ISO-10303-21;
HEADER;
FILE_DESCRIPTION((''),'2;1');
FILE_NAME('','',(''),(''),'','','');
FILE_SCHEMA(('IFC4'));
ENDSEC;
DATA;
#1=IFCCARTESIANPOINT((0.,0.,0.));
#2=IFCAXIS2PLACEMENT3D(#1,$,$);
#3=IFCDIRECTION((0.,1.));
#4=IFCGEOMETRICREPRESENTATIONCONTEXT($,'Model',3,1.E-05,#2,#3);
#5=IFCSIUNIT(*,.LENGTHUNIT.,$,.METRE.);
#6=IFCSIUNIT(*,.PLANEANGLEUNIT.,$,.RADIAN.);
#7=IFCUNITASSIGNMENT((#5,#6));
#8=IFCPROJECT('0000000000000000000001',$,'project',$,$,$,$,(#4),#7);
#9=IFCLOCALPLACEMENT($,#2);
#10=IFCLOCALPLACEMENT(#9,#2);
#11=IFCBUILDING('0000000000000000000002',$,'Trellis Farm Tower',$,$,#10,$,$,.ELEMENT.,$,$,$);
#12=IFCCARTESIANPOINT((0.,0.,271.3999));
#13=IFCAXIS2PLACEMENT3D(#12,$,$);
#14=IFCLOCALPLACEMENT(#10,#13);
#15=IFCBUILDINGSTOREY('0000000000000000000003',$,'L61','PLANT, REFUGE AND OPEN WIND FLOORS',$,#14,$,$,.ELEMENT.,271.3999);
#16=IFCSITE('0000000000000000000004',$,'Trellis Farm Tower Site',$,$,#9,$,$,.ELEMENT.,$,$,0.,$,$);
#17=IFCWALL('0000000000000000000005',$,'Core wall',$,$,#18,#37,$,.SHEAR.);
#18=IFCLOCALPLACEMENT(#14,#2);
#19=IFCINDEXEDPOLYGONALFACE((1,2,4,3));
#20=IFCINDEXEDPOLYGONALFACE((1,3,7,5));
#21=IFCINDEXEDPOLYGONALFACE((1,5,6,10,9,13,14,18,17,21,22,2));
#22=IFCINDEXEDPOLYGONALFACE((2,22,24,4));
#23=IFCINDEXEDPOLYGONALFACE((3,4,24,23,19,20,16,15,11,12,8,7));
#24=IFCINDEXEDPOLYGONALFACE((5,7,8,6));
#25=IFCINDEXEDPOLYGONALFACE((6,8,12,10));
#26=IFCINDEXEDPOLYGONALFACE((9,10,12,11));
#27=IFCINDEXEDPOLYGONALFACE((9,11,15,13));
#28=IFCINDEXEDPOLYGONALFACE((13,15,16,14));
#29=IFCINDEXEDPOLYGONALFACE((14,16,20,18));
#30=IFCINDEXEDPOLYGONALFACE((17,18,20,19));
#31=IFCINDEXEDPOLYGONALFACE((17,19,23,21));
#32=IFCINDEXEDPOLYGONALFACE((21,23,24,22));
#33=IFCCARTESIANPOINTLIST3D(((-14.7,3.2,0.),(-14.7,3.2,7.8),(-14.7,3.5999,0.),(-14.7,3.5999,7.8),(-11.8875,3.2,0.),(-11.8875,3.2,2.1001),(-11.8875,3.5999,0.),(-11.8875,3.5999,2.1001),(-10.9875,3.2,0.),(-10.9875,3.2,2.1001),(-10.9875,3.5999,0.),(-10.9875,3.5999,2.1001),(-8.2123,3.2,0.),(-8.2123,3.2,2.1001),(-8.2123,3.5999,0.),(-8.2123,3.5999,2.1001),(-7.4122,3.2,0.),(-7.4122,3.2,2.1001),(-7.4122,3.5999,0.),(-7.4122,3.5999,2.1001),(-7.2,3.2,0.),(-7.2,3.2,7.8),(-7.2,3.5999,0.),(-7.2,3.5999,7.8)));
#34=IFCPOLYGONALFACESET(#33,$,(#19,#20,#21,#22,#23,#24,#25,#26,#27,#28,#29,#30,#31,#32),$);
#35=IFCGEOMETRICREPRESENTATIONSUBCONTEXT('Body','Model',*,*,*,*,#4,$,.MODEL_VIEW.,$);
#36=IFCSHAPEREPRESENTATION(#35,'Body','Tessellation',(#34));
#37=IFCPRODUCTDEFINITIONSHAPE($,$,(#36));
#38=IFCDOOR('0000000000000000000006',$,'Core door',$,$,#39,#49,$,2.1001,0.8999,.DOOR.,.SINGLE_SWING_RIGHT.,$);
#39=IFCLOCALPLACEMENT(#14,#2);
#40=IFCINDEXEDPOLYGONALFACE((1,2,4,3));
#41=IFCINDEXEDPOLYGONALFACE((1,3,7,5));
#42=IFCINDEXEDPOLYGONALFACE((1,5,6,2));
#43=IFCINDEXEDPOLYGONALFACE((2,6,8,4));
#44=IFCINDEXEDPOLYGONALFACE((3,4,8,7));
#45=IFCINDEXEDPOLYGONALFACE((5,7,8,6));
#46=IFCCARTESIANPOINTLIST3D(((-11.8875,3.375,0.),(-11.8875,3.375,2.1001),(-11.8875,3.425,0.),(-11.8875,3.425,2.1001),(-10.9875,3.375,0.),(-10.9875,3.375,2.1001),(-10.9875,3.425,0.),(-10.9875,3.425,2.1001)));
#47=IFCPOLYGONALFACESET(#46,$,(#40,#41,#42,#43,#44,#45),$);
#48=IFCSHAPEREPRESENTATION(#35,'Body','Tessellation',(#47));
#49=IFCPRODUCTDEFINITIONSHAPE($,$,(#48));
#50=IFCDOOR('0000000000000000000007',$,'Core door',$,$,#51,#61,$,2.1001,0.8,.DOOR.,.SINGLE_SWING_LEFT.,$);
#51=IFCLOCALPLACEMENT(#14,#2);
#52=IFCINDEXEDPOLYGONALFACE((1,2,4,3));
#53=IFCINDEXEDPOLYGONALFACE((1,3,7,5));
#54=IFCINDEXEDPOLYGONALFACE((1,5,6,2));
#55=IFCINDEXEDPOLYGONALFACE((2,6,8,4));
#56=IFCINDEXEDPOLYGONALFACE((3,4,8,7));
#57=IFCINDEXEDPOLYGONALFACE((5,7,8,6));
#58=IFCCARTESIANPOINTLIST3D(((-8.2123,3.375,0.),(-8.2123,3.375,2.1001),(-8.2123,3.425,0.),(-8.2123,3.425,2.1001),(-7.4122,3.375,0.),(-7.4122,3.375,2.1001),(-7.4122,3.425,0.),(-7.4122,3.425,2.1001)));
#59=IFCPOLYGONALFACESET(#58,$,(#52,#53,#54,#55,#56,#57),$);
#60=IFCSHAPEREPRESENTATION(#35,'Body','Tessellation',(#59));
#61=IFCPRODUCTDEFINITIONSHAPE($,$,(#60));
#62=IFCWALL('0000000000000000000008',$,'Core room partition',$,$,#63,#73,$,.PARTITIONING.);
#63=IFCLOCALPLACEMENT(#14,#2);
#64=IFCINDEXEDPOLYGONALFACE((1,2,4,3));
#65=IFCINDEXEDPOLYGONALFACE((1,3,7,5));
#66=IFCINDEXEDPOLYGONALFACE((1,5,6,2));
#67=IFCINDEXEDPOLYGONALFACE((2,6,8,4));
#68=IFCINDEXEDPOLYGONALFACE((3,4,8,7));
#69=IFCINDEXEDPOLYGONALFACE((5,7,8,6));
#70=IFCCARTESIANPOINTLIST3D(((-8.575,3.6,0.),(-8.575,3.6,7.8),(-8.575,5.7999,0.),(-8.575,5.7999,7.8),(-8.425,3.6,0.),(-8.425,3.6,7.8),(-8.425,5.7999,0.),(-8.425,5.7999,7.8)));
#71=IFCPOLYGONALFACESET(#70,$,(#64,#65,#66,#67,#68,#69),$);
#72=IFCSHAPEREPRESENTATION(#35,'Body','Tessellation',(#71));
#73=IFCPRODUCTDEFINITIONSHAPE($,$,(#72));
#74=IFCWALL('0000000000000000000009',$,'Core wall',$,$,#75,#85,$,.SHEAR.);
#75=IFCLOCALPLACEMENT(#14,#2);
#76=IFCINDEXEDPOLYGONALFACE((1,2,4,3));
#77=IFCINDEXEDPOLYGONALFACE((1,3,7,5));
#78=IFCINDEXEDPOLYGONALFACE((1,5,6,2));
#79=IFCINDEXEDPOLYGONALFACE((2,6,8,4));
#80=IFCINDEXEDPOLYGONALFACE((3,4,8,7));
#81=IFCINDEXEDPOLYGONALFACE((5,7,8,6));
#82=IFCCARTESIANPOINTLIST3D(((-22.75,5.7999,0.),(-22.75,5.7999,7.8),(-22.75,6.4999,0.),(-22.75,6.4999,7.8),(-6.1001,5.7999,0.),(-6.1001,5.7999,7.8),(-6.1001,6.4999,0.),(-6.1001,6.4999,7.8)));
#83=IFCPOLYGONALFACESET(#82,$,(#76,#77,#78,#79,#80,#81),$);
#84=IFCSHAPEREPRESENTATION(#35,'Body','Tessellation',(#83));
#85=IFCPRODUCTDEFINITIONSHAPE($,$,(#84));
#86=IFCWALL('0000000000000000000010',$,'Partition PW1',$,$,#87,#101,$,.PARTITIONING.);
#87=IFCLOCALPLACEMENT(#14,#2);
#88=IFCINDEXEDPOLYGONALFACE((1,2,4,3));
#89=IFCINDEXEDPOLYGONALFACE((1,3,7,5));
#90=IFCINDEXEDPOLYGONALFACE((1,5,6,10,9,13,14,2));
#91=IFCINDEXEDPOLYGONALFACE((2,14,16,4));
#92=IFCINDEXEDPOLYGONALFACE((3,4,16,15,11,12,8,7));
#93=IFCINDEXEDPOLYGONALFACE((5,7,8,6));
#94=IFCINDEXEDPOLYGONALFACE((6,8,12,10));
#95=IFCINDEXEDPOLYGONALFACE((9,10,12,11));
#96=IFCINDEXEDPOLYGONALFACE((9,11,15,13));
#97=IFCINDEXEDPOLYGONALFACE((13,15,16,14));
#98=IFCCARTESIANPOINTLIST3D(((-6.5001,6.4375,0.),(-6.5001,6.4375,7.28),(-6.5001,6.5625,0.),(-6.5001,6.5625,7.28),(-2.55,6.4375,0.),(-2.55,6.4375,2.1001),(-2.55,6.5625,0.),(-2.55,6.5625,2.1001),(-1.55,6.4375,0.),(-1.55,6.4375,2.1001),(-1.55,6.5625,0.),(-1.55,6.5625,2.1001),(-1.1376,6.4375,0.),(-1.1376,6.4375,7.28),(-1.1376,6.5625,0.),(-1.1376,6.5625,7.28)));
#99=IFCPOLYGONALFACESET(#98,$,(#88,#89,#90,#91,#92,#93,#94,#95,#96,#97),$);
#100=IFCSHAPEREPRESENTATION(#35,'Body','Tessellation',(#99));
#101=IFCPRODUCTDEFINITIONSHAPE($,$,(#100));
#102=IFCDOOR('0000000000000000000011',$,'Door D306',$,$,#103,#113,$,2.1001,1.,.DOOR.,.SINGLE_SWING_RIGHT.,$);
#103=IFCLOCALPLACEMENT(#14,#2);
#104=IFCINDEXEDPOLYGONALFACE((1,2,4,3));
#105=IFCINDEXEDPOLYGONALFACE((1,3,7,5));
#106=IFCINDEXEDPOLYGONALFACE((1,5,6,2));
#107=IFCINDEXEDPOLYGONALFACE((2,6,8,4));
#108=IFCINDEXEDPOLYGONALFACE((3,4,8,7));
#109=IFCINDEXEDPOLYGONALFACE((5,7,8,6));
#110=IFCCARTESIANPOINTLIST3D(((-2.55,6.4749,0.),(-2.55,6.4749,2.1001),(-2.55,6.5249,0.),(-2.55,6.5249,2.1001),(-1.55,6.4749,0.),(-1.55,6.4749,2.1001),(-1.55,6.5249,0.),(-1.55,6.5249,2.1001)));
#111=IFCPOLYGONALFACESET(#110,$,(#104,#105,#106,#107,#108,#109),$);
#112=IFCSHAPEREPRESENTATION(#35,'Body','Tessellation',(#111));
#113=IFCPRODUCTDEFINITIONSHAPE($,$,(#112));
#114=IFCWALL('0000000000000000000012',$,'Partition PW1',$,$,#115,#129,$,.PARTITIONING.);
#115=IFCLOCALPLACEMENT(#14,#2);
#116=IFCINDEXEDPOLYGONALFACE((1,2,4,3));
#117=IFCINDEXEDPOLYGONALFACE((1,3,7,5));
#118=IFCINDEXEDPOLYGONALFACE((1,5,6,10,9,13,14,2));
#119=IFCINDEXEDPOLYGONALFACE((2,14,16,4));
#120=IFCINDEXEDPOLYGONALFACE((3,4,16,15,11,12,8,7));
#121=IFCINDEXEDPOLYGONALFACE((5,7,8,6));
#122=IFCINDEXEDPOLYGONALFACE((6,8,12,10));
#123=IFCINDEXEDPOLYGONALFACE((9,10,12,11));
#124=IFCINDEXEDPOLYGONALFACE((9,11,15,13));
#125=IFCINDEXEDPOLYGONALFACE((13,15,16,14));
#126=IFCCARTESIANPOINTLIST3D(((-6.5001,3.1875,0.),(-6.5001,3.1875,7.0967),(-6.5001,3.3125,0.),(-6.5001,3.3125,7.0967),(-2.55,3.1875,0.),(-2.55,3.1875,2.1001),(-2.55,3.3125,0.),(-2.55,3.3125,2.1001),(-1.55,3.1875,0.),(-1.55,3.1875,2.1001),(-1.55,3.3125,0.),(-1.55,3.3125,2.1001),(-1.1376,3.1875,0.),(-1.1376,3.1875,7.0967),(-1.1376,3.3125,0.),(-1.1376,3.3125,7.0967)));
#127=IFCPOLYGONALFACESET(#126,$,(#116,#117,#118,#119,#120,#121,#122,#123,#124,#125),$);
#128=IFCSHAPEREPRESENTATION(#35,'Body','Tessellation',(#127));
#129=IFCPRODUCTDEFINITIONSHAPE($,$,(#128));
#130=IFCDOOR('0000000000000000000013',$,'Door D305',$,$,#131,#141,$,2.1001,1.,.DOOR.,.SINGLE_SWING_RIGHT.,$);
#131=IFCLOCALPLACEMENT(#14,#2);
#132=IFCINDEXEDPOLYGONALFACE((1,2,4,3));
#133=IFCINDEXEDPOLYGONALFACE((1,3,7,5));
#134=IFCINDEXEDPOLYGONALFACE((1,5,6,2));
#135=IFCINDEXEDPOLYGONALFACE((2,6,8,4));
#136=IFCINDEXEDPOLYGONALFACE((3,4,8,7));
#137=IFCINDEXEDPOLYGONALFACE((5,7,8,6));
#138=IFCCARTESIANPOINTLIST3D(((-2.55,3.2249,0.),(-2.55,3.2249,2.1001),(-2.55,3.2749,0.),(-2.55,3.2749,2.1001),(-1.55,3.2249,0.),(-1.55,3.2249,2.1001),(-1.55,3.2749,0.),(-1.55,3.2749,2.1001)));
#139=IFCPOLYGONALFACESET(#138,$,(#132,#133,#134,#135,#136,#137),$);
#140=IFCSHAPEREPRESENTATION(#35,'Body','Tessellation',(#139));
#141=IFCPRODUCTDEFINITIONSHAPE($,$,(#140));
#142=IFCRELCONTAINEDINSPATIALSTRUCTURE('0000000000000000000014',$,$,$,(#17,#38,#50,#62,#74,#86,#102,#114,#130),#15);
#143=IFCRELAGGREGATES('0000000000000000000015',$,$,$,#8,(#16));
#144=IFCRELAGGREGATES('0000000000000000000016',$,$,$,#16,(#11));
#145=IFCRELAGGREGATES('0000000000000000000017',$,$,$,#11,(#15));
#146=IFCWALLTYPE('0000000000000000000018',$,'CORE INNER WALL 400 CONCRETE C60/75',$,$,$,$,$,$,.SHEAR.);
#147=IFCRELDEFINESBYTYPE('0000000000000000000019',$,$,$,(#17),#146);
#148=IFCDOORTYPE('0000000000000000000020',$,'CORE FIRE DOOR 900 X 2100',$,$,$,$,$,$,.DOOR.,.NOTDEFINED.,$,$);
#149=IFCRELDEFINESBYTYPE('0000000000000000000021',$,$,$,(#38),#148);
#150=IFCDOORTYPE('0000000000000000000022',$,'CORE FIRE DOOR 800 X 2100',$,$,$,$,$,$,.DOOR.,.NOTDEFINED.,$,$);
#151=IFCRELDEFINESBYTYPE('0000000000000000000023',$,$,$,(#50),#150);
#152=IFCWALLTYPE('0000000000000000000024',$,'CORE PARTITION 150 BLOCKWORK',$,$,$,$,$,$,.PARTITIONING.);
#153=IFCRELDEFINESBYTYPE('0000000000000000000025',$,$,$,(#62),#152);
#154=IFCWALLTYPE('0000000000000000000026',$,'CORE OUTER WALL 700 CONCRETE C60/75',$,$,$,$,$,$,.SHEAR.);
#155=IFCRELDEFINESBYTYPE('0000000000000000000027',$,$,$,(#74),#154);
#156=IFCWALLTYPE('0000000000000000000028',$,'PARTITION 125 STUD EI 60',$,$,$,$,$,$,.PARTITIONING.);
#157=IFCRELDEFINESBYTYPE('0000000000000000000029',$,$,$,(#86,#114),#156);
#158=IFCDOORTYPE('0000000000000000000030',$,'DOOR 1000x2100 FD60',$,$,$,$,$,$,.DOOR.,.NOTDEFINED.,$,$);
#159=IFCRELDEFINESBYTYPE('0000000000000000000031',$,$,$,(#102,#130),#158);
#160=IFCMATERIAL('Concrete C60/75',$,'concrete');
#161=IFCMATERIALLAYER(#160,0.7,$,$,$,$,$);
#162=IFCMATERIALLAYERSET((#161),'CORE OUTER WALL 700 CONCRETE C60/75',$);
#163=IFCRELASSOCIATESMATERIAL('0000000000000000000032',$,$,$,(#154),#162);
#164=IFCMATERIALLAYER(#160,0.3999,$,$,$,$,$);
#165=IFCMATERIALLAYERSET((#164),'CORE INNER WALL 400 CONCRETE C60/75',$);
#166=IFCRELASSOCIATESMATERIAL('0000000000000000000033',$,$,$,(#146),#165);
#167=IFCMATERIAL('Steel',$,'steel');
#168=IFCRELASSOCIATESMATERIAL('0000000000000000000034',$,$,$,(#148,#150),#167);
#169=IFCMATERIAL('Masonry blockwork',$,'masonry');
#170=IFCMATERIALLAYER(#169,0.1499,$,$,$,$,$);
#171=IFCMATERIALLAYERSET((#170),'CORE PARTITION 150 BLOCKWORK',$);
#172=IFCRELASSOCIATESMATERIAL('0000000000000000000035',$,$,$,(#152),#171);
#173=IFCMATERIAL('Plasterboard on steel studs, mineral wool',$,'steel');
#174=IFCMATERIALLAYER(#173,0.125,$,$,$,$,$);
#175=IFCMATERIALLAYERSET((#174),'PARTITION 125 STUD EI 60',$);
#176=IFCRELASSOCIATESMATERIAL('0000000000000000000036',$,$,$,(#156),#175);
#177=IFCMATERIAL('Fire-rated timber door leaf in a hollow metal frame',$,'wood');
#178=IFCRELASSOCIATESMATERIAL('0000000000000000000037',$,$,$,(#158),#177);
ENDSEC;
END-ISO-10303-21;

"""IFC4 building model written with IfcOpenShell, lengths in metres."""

from ifc_helpers import new_model, si_unit, direction, frame, frame_2d, origin, place, context, subcontext, project, spatial, rectangle, extrude, source, transform, mapped, material, layer, layer_set, type_object, element, fill, save


model = new_model("IFC4")

# Units and contexts
model_context = context("Model", 3, precision=1e-05, world=origin(), true_north=direction((0.0, 1.0)))
body_context = subcontext(model_context, "Body", "Model", "MODEL_VIEW")
ifc_project = project(units=[si_unit("LENGTHUNIT", "METRE"), si_unit("PLANEANGLEUNIT", "RADIAN")], contexts=[model_context])

# Site, building, storey
site_placement = place(None, origin())
site = spatial("IfcSite", under=ifc_project, at=site_placement, Name="Trellis Farm Tower Site", CompositionType="ELEMENT", RefElevation=0.0)
building_placement = place(site_placement, origin())
building = spatial("IfcBuilding", under=site, at=building_placement, Name="Trellis Farm Tower", CompositionType="ELEMENT")
storey_placement = place(building_placement, frame((0.0, 0.0, 271.3999)))
storey = spatial("IfcBuildingStorey", under=building, at=storey_placement, Name="L61", Description="PLANT, REFUGE AND OPEN WIND FLOORS", CompositionType="ELEMENT", Elevation=271.3999)

# Shared definitions
ifc_material_1 = material(Name="Concrete C60/75", Category="concrete")

# Shared definitions
ifc_layer_1 = layer(ifc_material_1, 0.7)
ifc_layer_set_1 = layer_set([ifc_layer_1], Name="CORE OUTER WALL 700 CONCRETE C60/75")
wall_type_1 = type_object("IfcWallType", Name="CORE OUTER WALL 700 CONCRETE C60/75", PredefinedType="SHEAR", material=ifc_layer_set_1)
ifc_material_2 = material(Name="Steel", Category="steel")

# Wall, openings, doors
ifc_layer_2 = layer(ifc_material_1, 0.3999)
ifc_layer_set_2 = layer_set([ifc_layer_2], Name="CORE INNER WALL 400 CONCRETE C60/75")
wall_type_2 = type_object("IfcWallType", Name="CORE INNER WALL 400 CONCRETE C60/75", PredefinedType="SHEAR", material=ifc_layer_set_2)
shared_shape_1 = source(origin(), body_context, "Body", "SweptSolid", [
    extrude(rectangle(XDim=7.5, YDim=0.3999, at=frame_2d((3.75, 0.0))), origin(), (0.0, 0.0, 1.0), 7.8),
])
wall_1_placement = place(storey_placement, frame((-7.2, 3.3999, 0.0), z_axis=(0.0, 0.0, 1.0), x_axis=(-1.0, 0.0, 0.0)))
wall_1 = element("IfcWall", 1, at=wall_1_placement, inside=storey, type_object=wall_type_2, Name="Core wall", PredefinedType="SHEAR", context=body_context, shape_type="MappedRepresentation", body=[
    mapped(shared_shape_1, transform((0.0, 0.0, 0.0))),
])
shared_shape_2 = source(origin(), body_context, "Body", "SweptSolid", [
    extrude(rectangle(XDim=0.8, YDim=2.1001, at=frame_2d((0.3999, 1.05))), frame((0.0, 0.21, 0.0), z_axis=(0.0, -1.0, 0.0), x_axis=(1.0, 0.0, 0.0)), (0.0, 0.0, 1.0), 0.4199),
])
opening_1_placement = place(wall_1_placement, frame((0.2124, 0.0, 0.0)))
opening_1 = element("IfcOpeningElement", 2, at=opening_1_placement, cuts=wall_1, PredefinedType="OPENING", context=body_context, shape_type="MappedRepresentation", body=[
    mapped(shared_shape_2, transform((0.0, 0.0, 0.0))),
])
shared_shape_3 = source(origin(), body_context, "Body", "SweptSolid", [
    extrude(rectangle(XDim=0.8999, YDim=2.1001, at=frame_2d((0.45, 1.05))), frame((0.0, 0.21, 0.0), z_axis=(0.0, -1.0, 0.0), x_axis=(1.0, 0.0, 0.0)), (0.0, 0.0, 1.0), 0.4199),
])
opening_2_placement = place(wall_1_placement, frame((3.7876, 0.0, 0.0)))
opening_2 = element("IfcOpeningElement", 3, at=opening_2_placement, cuts=wall_1, PredefinedType="OPENING", context=body_context, shape_type="MappedRepresentation", body=[
    mapped(shared_shape_3, transform((0.0, 0.0, 0.0))),
])
door_type_1 = type_object("IfcDoorType", Name="CORE FIRE DOOR 900 X 2100", OperationType="NOTDEFINED", PredefinedType="DOOR", material=ifc_material_2)
shared_shape_4 = source(origin(), body_context, "Body", "SweptSolid", [
    extrude(rectangle(XDim=0.8999, YDim=2.1001, at=frame_2d((0.45, 1.05))), frame((0.0, 0.0249, 0.0), z_axis=(0.0, -1.0, 0.0), x_axis=(1.0, 0.0, 0.0)), (0.0, 0.0, 1.0), 0.05),
])
door_1_placement = place(opening_2_placement, origin())
door_1 = element("IfcDoor", 4, at=door_1_placement, inside=storey, type_object=door_type_1, Name="Core door", OperationType="SINGLE_SWING_RIGHT", OverallHeight=2.1001, OverallWidth=0.8999, PredefinedType="DOOR", context=body_context, shape_type="MappedRepresentation", body=[
    mapped(shared_shape_4, transform((0.0, 0.0, 0.0))),
])
fill(opening_2, door_1)
door_type_2 = type_object("IfcDoorType", Name="CORE FIRE DOOR 800 X 2100", OperationType="NOTDEFINED", PredefinedType="DOOR", material=ifc_material_2)
shared_shape_5 = source(origin(), body_context, "Body", "SweptSolid", [
    extrude(rectangle(XDim=0.8, YDim=2.1001, at=frame_2d((0.3999, 1.05))), frame((0.0, 0.0249, 0.0), z_axis=(0.0, -1.0, 0.0), x_axis=(1.0, 0.0, 0.0)), (0.0, 0.0, 1.0), 0.05),
])
door_2_placement = place(opening_1_placement, origin())
door_2 = element("IfcDoor", 5, at=door_2_placement, inside=storey, type_object=door_type_2, Name="Core door", OperationType="SINGLE_SWING_LEFT", OverallHeight=2.1001, OverallWidth=0.8, PredefinedType="DOOR", context=body_context, shape_type="MappedRepresentation", body=[
    mapped(shared_shape_5, transform((0.0, 0.0, 0.0))),
])
fill(opening_1, door_2)

# Walls
ifc_material_3 = material(Name="Masonry blockwork", Category="masonry")
ifc_layer_3 = layer(ifc_material_3, 0.1499)
ifc_layer_set_3 = layer_set([ifc_layer_3], Name="CORE PARTITION 150 BLOCKWORK")
wall_type_3 = type_object("IfcWallType", Name="CORE PARTITION 150 BLOCKWORK", PredefinedType="PARTITIONING", material=ifc_layer_set_3)
shared_shape_6 = source(origin(), body_context, "Body", "SweptSolid", [
    extrude(rectangle(XDim=2.2, YDim=0.1499, at=frame_2d((1.1001, 0.0))), origin(), (0.0, 0.0, 1.0), 7.8),
])
wall_2_placement = place(storey_placement, frame((-8.5, 5.8, 0.0), z_axis=(0.0, 0.0, 1.0), x_axis=(0.0, -1.0, 0.0)))
element("IfcWall", 6, at=wall_2_placement, inside=storey, type_object=wall_type_3, Name="Core room partition", PredefinedType="PARTITIONING", context=body_context, shape_type="MappedRepresentation", body=[
    mapped(shared_shape_6, transform((0.0, 0.0, 0.0))),
])
shared_shape_7 = source(origin(), body_context, "Body", "SweptSolid", [
    extrude(rectangle(XDim=16.6499, YDim=0.7, at=frame_2d((8.325, 0.0))), origin(), (0.0, 0.0, 1.0), 7.8),
])
wall_3_placement = place(storey_placement, frame((-6.1001, 6.1499, 0.0), z_axis=(0.0, 0.0, 1.0), x_axis=(-1.0, 0.0, 0.0)))
element("IfcWall", 7, at=wall_3_placement, inside=storey, type_object=wall_type_1, Name="Core wall", PredefinedType="SHEAR", context=body_context, shape_type="MappedRepresentation", body=[
    mapped(shared_shape_7, transform((0.0, 0.0, 0.0))),
])

# Walls, openings, doors
ifc_material_4 = material(Name="Plasterboard on steel studs, mineral wool", Category="steel")
ifc_layer_4 = layer(ifc_material_4, 0.125)
ifc_layer_set_4 = layer_set([ifc_layer_4], Name="PARTITION 125 STUD EI 60")
wall_type_4 = type_object("IfcWallType", Name="PARTITION 125 STUD EI 60", PredefinedType="PARTITIONING", material=ifc_layer_set_4)
shared_shape_8 = source(origin(), body_context, "Body", "SweptSolid", [
    extrude(rectangle(XDim=5.3625, YDim=0.125, at=frame_2d((2.6812, 0.0))), origin(), (0.0, 0.0, 1.0), 7.28),
])
wall_4_placement = place(storey_placement, frame((-6.5, 6.5, 0.0), z_axis=(0.0, 0.0, 1.0), x_axis=(1.0, 0.0, 0.0)))
wall_4 = element("IfcWall", 8, at=wall_4_placement, inside=storey, type_object=wall_type_4, Name="Partition PW1", PredefinedType="PARTITIONING", context=body_context, shape_type="MappedRepresentation", body=[
    mapped(shared_shape_8, transform((0.0, 0.0, 0.0))),
])
shared_shape_9 = source(origin(), body_context, "Body", "SweptSolid", [
    extrude(rectangle(XDim=1.0, YDim=2.1001, at=frame_2d((0.5, 1.05))), frame((0.0, 0.0725, 0.0), z_axis=(0.0, -1.0, 0.0), x_axis=(1.0, 0.0, 0.0)), (0.0, 0.0, 1.0), 0.145),
])
opening_3_placement = place(wall_4_placement, frame((3.95, 0.0, 0.0)))
opening_3 = element("IfcOpeningElement", 9, at=opening_3_placement, cuts=wall_4, PredefinedType="OPENING", context=body_context, shape_type="MappedRepresentation", body=[
    mapped(shared_shape_9, transform((0.0, 0.0, 0.0))),
])
ifc_material_5 = material(Name="Fire-rated timber door leaf in a hollow metal frame", Category="wood")
door_type_3 = type_object("IfcDoorType", Name="DOOR 1000x2100 FD60", OperationType="NOTDEFINED", PredefinedType="DOOR", material=ifc_material_5)
shared_shape_10 = source(origin(), body_context, "Body", "SweptSolid", [
    extrude(rectangle(XDim=1.0, YDim=2.1001, at=frame_2d((0.5, 1.05))), frame((0.0, 0.0249, 0.0), z_axis=(0.0, -1.0, 0.0), x_axis=(1.0, 0.0, 0.0)), (0.0, 0.0, 1.0), 0.05),
])
door_3_placement = place(opening_3_placement, origin())
door_3 = element("IfcDoor", 10, at=door_3_placement, inside=storey, type_object=door_type_3, Name="Door D306", OperationType="SINGLE_SWING_RIGHT", OverallHeight=2.1001, OverallWidth=1.0, PredefinedType="DOOR", context=body_context, shape_type="MappedRepresentation", body=[
    mapped(shared_shape_10, transform((0.0, 0.0, 0.0))),
])
fill(opening_3, door_3)
shared_shape_11 = source(origin(), body_context, "Body", "SweptSolid", [
    extrude(rectangle(XDim=5.3625, YDim=0.125, at=frame_2d((2.6812, 0.0))), origin(), (0.0, 0.0, 1.0), 7.0967),
])
wall_5_placement = place(storey_placement, frame((-6.5, 3.25, 0.0), z_axis=(0.0, 0.0, 1.0), x_axis=(1.0, 0.0, 0.0)))
wall_5 = element("IfcWall", 11, at=wall_5_placement, inside=storey, type_object=wall_type_4, Name="Partition PW1", PredefinedType="PARTITIONING", context=body_context, shape_type="MappedRepresentation", body=[
    mapped(shared_shape_11, transform((0.0, 0.0, 0.0))),
])
opening_4_placement = place(wall_5_placement, frame((3.95, 0.0, 0.0)))
opening_4 = element("IfcOpeningElement", 12, at=opening_4_placement, cuts=wall_5, PredefinedType="OPENING", context=body_context, shape_type="MappedRepresentation", body=[
    mapped(shared_shape_9, transform((0.0, 0.0, 0.0))),
])
door_4_placement = place(opening_4_placement, origin())
door_4 = element("IfcDoor", 13, at=door_4_placement, inside=storey, type_object=door_type_3, Name="Door D305", OperationType="SINGLE_SWING_RIGHT", OverallHeight=2.1001, OverallWidth=1.0, PredefinedType="DOOR", context=body_context, shape_type="MappedRepresentation", body=[
    mapped(shared_shape_10, transform((0.0, 0.0, 0.0))),
])
fill(opening_4, door_4)

save(model, "model.ifc")
